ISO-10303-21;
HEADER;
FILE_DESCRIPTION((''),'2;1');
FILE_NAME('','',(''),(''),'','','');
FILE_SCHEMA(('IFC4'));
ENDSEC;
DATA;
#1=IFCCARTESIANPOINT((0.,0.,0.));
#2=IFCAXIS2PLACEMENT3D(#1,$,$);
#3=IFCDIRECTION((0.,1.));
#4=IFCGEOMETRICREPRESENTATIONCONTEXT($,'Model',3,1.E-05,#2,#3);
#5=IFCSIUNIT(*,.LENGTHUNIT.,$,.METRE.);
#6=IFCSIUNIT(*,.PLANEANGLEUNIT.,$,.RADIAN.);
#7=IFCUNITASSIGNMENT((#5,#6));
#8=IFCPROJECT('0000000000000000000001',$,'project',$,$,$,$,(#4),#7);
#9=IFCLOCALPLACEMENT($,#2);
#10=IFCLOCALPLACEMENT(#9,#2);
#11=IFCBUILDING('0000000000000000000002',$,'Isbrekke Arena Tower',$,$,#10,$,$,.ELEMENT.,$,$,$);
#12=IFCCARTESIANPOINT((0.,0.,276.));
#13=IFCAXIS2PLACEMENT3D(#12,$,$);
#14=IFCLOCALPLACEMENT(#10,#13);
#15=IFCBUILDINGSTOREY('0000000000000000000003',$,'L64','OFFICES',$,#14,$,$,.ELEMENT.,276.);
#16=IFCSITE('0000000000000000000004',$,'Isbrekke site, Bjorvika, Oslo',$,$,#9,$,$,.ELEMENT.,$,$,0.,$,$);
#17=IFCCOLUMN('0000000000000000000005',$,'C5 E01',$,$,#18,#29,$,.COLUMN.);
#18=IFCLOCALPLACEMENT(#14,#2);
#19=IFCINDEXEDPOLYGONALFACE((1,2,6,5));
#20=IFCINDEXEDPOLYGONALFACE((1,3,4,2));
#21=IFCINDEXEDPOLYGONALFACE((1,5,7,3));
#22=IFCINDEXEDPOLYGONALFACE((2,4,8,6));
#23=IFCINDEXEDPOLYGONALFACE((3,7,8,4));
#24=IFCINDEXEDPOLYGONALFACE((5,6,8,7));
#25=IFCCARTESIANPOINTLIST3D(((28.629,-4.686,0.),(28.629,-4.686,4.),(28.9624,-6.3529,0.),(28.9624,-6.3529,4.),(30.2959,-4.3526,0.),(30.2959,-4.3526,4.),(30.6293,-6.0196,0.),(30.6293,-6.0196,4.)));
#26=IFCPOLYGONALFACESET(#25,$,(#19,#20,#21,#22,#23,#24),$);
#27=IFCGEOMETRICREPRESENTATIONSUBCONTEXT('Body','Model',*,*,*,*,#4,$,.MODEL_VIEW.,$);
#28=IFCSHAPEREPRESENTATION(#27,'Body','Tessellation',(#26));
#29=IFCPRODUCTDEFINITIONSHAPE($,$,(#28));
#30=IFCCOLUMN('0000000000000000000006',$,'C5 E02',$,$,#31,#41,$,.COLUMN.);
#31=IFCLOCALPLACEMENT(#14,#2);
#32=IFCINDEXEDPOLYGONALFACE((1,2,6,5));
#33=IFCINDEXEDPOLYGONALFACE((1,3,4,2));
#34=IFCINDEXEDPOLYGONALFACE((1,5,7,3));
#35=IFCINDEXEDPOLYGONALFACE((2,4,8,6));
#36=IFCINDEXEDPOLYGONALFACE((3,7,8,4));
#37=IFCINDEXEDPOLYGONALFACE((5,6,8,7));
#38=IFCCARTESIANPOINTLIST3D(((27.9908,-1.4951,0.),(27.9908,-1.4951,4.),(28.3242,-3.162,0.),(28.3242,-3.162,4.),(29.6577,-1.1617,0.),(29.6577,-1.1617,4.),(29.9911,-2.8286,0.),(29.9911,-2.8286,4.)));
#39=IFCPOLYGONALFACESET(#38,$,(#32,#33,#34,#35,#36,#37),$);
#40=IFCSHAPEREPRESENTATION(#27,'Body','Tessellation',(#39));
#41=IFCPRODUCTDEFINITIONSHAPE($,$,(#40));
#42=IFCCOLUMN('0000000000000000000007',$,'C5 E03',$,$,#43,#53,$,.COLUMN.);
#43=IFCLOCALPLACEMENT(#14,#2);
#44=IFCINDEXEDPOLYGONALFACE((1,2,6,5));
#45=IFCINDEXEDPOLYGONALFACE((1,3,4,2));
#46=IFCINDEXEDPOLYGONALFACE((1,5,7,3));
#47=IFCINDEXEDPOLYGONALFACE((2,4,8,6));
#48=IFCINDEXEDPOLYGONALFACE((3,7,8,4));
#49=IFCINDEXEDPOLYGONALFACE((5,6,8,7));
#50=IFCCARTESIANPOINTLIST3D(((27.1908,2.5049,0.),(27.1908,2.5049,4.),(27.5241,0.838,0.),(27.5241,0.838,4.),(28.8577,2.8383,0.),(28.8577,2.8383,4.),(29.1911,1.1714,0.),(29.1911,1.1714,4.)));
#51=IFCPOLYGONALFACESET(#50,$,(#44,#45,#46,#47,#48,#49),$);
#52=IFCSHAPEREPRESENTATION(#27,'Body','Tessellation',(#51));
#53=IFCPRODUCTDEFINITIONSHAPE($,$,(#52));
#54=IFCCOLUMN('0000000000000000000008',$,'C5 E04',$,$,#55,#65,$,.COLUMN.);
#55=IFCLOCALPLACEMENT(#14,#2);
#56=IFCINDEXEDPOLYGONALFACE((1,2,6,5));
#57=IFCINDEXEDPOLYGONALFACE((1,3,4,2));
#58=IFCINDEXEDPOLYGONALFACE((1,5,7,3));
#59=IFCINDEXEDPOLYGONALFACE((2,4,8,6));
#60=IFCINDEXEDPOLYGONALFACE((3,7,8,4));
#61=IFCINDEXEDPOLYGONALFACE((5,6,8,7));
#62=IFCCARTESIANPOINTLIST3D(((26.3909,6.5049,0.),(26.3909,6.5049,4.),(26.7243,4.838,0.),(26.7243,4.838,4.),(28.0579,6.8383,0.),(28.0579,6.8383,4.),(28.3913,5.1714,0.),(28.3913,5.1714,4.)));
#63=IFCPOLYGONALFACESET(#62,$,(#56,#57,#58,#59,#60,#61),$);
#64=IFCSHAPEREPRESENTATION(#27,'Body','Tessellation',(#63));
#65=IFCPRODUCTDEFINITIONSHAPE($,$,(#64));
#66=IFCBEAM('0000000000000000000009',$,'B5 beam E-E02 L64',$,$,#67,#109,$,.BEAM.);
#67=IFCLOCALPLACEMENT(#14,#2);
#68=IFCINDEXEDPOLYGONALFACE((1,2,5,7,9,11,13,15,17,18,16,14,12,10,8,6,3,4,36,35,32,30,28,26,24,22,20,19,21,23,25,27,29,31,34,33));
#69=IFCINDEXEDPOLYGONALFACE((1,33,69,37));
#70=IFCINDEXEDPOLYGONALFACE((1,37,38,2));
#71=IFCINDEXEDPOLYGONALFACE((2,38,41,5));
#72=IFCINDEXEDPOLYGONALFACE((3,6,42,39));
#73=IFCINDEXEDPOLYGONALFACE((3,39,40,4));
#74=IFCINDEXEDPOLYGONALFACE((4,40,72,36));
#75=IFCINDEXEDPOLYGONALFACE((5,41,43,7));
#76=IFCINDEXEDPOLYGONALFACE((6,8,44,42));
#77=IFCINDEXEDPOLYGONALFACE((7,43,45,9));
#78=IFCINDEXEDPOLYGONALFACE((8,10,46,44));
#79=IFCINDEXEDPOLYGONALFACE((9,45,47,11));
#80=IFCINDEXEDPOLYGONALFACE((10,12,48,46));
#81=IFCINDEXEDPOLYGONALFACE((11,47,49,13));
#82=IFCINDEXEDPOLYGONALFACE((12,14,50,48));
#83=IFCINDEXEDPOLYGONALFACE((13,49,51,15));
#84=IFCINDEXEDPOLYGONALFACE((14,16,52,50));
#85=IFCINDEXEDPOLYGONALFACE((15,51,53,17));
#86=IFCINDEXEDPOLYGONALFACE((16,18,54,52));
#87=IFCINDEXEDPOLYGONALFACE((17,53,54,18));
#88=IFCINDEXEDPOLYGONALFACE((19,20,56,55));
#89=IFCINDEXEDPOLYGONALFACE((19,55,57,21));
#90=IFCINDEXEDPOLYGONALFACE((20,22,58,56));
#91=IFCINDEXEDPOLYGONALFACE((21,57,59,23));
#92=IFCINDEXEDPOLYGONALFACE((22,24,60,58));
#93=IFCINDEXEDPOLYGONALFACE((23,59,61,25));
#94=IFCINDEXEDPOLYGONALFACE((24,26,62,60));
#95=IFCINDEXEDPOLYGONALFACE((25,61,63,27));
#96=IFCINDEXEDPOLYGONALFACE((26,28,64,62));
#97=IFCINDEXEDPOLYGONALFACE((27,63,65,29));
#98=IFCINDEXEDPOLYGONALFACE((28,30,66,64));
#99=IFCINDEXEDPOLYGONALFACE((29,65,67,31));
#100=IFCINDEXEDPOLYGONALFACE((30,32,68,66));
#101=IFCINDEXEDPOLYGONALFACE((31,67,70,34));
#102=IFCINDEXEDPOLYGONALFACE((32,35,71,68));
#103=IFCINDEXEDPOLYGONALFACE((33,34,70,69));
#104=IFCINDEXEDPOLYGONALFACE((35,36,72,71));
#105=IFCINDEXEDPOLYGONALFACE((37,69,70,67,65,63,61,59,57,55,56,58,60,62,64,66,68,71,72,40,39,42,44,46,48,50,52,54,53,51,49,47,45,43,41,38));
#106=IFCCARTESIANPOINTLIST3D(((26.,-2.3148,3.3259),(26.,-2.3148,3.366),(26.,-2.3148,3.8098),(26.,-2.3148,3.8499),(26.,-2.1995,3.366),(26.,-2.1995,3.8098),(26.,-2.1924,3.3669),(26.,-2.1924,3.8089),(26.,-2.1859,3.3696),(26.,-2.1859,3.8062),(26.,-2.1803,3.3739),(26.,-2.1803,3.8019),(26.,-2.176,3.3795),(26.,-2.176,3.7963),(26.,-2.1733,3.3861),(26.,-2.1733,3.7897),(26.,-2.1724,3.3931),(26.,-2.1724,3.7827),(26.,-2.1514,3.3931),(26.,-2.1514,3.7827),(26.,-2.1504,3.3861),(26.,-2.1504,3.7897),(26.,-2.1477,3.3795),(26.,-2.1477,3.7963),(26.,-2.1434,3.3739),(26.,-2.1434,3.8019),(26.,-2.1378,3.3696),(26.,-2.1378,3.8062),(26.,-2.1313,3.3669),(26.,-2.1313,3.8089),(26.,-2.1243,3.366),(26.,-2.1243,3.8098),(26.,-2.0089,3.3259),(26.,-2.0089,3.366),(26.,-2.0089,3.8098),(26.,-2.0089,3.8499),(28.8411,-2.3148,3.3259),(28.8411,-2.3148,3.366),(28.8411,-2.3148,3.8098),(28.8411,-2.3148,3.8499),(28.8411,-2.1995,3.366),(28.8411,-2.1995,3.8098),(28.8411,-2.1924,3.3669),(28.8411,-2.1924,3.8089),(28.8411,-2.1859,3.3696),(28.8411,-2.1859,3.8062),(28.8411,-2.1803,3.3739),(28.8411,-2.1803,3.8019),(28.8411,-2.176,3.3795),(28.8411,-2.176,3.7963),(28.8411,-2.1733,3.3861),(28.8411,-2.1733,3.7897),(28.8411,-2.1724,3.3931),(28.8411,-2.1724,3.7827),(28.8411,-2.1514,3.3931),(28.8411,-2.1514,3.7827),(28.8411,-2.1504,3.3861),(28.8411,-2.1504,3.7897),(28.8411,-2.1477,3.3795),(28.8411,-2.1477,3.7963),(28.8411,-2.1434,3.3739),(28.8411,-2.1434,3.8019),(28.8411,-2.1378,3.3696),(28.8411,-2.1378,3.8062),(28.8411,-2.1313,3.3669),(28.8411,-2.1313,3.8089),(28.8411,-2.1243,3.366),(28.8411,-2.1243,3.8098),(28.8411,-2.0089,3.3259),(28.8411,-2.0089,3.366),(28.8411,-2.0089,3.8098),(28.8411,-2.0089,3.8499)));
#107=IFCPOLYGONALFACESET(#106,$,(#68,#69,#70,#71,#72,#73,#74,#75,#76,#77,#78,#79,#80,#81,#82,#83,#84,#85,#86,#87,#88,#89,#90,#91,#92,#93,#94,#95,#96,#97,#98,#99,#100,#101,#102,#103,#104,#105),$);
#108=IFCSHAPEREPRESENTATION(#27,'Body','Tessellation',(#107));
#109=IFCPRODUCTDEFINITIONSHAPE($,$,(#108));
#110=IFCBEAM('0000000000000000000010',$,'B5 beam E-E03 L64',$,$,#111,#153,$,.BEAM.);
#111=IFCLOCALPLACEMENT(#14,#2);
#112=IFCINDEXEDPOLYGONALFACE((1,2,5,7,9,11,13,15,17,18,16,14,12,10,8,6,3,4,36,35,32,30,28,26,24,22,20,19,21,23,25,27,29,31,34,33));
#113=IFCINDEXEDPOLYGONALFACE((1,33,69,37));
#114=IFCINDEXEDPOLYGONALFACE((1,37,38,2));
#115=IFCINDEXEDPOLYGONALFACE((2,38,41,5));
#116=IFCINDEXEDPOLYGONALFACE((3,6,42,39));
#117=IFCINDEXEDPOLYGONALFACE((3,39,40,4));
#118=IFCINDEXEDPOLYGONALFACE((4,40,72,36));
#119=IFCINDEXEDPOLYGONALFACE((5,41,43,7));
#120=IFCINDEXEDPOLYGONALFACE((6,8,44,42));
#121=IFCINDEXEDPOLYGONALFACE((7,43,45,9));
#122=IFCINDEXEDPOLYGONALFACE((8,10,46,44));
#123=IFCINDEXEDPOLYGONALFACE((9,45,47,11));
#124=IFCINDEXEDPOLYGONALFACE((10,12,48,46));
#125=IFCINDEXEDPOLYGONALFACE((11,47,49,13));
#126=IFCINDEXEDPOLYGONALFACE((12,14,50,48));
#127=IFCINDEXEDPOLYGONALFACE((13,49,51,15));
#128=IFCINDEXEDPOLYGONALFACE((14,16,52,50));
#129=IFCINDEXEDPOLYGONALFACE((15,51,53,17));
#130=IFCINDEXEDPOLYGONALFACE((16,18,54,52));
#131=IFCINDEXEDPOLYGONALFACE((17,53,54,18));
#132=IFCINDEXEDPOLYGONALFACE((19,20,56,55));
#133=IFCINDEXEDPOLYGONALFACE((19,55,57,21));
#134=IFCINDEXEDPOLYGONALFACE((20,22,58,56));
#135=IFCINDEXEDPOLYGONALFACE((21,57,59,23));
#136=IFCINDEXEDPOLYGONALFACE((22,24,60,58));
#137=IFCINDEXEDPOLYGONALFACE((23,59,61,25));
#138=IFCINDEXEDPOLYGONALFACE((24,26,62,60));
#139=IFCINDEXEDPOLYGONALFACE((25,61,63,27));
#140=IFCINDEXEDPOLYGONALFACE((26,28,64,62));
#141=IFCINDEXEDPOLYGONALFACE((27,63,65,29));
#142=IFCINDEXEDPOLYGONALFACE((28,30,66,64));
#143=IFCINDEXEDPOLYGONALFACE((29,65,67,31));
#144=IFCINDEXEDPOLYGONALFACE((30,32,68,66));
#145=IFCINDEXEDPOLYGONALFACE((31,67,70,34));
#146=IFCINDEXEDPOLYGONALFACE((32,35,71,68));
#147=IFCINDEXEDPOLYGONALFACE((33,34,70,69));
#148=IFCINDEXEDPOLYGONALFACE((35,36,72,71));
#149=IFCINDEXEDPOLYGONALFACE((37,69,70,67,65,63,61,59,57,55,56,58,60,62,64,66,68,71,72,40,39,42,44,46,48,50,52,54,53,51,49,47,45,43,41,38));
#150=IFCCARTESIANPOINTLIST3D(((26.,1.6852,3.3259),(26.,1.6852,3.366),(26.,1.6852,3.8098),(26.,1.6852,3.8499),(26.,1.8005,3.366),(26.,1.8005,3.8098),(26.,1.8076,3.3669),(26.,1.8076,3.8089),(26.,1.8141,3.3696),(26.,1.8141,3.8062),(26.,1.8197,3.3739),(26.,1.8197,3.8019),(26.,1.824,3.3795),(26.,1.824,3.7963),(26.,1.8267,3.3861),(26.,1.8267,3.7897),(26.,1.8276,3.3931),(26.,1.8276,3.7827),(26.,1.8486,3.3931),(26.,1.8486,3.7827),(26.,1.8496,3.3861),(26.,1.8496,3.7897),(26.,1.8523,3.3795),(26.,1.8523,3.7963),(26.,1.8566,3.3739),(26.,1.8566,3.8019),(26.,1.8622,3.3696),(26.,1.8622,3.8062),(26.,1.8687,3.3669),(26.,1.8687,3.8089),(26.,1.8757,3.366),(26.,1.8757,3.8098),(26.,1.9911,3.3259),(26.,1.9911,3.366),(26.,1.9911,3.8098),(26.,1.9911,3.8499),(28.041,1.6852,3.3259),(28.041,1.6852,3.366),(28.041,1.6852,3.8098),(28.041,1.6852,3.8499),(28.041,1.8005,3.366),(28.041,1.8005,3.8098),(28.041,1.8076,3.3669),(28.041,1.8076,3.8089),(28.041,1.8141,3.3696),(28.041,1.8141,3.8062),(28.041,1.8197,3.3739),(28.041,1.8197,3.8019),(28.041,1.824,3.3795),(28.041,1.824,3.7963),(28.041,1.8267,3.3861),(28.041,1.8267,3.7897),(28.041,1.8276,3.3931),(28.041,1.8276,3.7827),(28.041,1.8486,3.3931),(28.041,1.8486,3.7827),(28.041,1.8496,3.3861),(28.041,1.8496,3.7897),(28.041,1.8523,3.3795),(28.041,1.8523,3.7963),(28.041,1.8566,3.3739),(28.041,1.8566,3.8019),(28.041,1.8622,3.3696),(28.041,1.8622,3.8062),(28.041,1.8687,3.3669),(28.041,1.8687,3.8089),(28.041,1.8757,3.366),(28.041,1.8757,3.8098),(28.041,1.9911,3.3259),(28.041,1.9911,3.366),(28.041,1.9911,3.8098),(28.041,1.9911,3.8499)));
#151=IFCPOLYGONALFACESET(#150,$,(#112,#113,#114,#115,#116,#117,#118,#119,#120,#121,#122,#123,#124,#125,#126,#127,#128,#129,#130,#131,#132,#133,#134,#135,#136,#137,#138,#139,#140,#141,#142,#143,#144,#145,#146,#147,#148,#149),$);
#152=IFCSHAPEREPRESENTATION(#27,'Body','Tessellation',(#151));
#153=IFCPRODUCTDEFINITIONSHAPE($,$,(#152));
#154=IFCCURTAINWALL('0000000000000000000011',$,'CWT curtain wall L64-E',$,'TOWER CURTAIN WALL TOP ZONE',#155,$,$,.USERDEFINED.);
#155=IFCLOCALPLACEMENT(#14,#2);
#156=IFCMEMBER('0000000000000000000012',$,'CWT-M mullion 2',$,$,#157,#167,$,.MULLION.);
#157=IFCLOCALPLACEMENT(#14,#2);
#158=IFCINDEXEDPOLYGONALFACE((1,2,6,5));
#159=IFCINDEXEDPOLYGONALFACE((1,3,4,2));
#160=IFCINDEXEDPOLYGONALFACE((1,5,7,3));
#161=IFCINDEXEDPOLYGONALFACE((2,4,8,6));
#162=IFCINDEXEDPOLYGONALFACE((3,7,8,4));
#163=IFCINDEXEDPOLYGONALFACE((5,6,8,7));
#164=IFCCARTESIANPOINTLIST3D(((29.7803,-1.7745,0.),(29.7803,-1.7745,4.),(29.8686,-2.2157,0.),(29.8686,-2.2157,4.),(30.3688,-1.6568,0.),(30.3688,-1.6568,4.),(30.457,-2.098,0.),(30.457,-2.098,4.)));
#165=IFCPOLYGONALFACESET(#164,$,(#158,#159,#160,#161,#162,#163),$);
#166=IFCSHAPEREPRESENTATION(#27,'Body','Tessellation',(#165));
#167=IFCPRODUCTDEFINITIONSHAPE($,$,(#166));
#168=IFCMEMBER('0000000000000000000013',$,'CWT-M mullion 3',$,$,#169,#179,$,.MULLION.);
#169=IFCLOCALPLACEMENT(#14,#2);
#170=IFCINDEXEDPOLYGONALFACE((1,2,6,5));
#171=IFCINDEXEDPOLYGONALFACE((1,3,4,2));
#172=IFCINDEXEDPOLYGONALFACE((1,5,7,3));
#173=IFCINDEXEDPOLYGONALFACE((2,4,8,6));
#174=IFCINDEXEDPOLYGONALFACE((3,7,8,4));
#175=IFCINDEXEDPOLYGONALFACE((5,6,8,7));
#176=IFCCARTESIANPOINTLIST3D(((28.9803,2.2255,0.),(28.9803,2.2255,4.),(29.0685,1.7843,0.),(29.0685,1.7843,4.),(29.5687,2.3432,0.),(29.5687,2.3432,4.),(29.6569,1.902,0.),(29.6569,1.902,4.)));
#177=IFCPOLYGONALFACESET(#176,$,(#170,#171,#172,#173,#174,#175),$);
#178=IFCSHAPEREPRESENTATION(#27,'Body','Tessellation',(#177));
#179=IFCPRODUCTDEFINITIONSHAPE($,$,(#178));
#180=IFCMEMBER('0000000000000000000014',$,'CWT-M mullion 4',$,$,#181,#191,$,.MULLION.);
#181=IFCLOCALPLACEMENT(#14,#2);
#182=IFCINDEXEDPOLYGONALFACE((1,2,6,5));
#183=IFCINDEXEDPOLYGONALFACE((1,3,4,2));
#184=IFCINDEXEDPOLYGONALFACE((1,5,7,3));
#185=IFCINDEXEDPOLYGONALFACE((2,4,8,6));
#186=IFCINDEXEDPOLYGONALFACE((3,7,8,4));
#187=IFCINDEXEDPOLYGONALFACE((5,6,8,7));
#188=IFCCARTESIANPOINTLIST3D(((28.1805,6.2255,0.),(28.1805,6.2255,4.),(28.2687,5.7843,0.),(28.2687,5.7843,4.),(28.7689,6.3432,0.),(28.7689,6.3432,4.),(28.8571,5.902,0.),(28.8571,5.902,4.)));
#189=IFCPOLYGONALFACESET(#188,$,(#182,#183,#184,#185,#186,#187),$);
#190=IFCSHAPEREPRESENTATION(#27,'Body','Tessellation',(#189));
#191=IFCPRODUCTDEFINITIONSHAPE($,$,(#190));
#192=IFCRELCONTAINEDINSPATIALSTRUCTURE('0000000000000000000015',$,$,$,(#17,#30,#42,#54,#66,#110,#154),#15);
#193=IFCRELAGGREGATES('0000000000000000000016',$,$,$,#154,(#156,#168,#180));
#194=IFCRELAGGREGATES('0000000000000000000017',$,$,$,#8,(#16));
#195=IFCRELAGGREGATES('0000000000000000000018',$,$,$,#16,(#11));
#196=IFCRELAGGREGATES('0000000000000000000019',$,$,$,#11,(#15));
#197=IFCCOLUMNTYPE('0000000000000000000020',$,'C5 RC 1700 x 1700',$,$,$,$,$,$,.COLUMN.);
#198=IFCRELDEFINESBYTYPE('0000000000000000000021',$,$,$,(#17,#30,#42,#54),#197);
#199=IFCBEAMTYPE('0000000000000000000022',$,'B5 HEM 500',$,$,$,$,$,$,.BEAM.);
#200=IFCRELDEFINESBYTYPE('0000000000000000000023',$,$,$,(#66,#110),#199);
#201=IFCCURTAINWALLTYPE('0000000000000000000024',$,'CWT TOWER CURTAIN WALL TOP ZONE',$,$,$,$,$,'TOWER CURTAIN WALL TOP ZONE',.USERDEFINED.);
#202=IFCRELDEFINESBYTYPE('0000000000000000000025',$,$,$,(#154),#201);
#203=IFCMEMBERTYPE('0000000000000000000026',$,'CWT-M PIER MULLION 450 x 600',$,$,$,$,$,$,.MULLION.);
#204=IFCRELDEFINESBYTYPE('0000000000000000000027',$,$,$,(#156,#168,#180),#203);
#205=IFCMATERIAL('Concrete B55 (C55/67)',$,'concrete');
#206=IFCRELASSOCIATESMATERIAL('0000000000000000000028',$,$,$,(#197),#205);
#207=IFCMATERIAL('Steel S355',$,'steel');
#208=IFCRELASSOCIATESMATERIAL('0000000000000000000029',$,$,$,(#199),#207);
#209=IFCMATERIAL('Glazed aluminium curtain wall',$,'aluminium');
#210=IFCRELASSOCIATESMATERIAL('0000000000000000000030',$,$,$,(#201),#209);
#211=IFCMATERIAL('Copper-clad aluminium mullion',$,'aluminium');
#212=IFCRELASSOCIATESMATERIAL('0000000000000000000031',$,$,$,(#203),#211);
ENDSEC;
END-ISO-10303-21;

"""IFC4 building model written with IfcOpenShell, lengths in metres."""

from ifc_helpers import new_model, si_unit, direction, frame, origin, origin_2d, place, context, subcontext, project, spatial, rectangle, i_section, extrude, material, material_profile, profile_set, type_object, element, aggregate, save


model = new_model("IFC4")

# Units and contexts
model_context = context("Model", 3, precision=1e-05, world=origin(), true_north=direction((0.0, 1.0)))
body_context = subcontext(model_context, "Body", "Model", "MODEL_VIEW")
ifc_project = project(units=[si_unit("LENGTHUNIT", "METRE"), si_unit("PLANEANGLEUNIT", "RADIAN")], contexts=[model_context])

# Site, building, storey
site_placement = place(None, origin())
site = spatial("IfcSite", under=ifc_project, at=site_placement, Name="Isbrekke site, Bjorvika, Oslo", CompositionType="ELEMENT", RefElevation=0.0)
building_placement = place(site_placement, origin())
building = spatial("IfcBuilding", under=site, at=building_placement, Name="Isbrekke Arena Tower", CompositionType="ELEMENT")
storey_placement = place(building_placement, frame((0.0, 0.0, 276.0)))
storey = spatial("IfcBuildingStorey", under=building, at=storey_placement, Name="L64", Description="OFFICES", CompositionType="ELEMENT", Elevation=276.0)

# Columns
ifc_material_1 = material(Name="Concrete B55 (C55/67)", Category="concrete")
ifc_material_profile_1 = material_profile(ifc_material_1, rectangle(XDim=1.7, YDim=1.7, at=origin_2d()), Name="RC 1700x1700")
ifc_profile_set_1 = profile_set([ifc_material_profile_1], Name="Concrete B55 (C55/67)")
column_type = type_object("IfcColumnType", Name="C5 RC 1700 x 1700", PredefinedType="COLUMN", material=ifc_profile_set_1)
for number, where, z_axis, x_axis, name in (
    (1, (29.6292, -5.3528, 0.0), (0.0, 0.0, 1.0), (-0.196116, 0.980581, 0.0), "C5 E01"),
    (2, (28.991, -2.1619, 0.0), (0.0, 0.0, 1.0), (-0.196116, 0.980581, 0.0), "C5 E02"),
    (3, (28.1909, 1.8381, 0.0), (0.0, 0.0, 1.0), (-0.196116, 0.980581, 0.0), "C5 E03"),
    (4, (27.3911, 5.8381, 0.0), (0.0, 0.0, 1.0), (-0.196116, 0.980581, 0.0), "C5 E04"),
):
    element("IfcColumn", number, at=place(storey_placement, frame(where, z_axis=z_axis, x_axis=x_axis)), inside=storey, type_object=column_type, Name=name, PredefinedType="COLUMN", context=body_context, shape_type="SweptSolid", body=[
        extrude(rectangle(XDim=1.7, YDim=1.7, at=origin_2d()), origin(), (0.0, 0.0, 1.0), 4.0),
    ])

# Beams
ifc_material_2 = material(Name="Steel S355", Category="steel")
ifc_material_profile_2 = material_profile(ifc_material_2, i_section(OverallWidth=0.3059, OverallDepth=0.5239, WebThickness=0.021, FlangeThickness=0.04, FilletRadius=0.0271, at=origin_2d()), Name="HEM 500")
ifc_profile_set_2 = profile_set([ifc_material_profile_2], Name="Steel S355")
beam_type_1 = type_object("IfcBeamType", Name="B5 HEM 500", PredefinedType="BEAM", material=ifc_profile_set_2)
beam_1_placement = place(storey_placement, frame((28.8411, -2.1619, 3.5879), z_axis=(-1.0, 0.0, 0.0), x_axis=(0.0, -1.0, 0.0)))
element("IfcBeam", 5, at=beam_1_placement, inside=storey, type_object=beam_type_1, Name="B5 beam E-E02 L64", PredefinedType="BEAM", context=body_context, shape_type="SweptSolid", body=[
    extrude(i_section(OverallWidth=0.3059, OverallDepth=0.5239, WebThickness=0.021, FlangeThickness=0.04, FilletRadius=0.0271, at=origin_2d()), origin(), (0.0, 0.0, 1.0), 2.8411),
])
beam_2_placement = place(storey_placement, frame((28.041, 1.8381, 3.5879), z_axis=(-1.0, 0.0, 0.0), x_axis=(0.0, -1.0, 0.0)))
element("IfcBeam", 6, at=beam_2_placement, inside=storey, type_object=beam_type_1, Name="B5 beam E-E03 L64", PredefinedType="BEAM", context=body_context, shape_type="SweptSolid", body=[
    extrude(i_section(OverallWidth=0.3059, OverallDepth=0.5239, WebThickness=0.021, FlangeThickness=0.04, FilletRadius=0.0271, at=origin_2d()), origin(), (0.0, 0.0, 1.0), 2.041),
])

# Curtain wall, members
ifc_material_3 = material(Name="Glazed aluminium curtain wall", Category="aluminium")
curtain_wall_type = type_object("IfcCurtainWallType", Name="CWT TOWER CURTAIN WALL TOP ZONE", ElementType="TOWER CURTAIN WALL TOP ZONE", PredefinedType="USERDEFINED", material=ifc_material_3)
curtain_wall_placement = place(storey_placement, origin())
curtain_wall = element("IfcCurtainWall", 7, at=curtain_wall_placement, inside=storey, type_object=curtain_wall_type, Name="CWT curtain wall L64-E", ObjectType="TOWER CURTAIN WALL TOP ZONE", PredefinedType="USERDEFINED")
ifc_material_4 = material(Name="Copper-clad aluminium mullion", Category="aluminium")
ifc_material_profile_3 = material_profile(ifc_material_4, rectangle(XDim=0.45, YDim=0.6001, at=origin_2d()), Name="PIER 450X600")
ifc_profile_set_3 = profile_set([ifc_material_profile_3], Name="Copper-clad aluminium mullion")
member_type_1 = type_object("IfcMemberType", Name="CWT-M PIER MULLION 450 x 600", PredefinedType="MULLION", material=ifc_profile_set_3)
member_1_placement = place(storey_placement, frame((30.1187, -1.9363, 0.0), z_axis=(0.0, 0.0, 1.0), x_axis=(-0.196116, 0.980581, 0.0)))
member_1 = element("IfcMember", 8, at=member_1_placement, type_object=member_type_1, Name="CWT-M mullion 2", PredefinedType="MULLION", context=body_context, shape_type="SweptSolid", body=[
    extrude(rectangle(XDim=0.45, YDim=0.6001, at=origin_2d()), origin(), (0.0, 0.0, 1.0), 4.0),
])
member_2_placement = place(storey_placement, frame((29.3186, 2.0637, 0.0), z_axis=(0.0, 0.0, 1.0), x_axis=(-0.196116, 0.980581, 0.0)))
member_2 = element("IfcMember", 9, at=member_2_placement, type_object=member_type_1, Name="CWT-M mullion 3", PredefinedType="MULLION", context=body_context, shape_type="SweptSolid", body=[
    extrude(rectangle(XDim=0.45, YDim=0.6001, at=origin_2d()), origin(), (0.0, 0.0, 1.0), 4.0),
])
member_3_placement = place(storey_placement, frame((28.5188, 6.0637, 0.0), z_axis=(0.0, 0.0, 1.0), x_axis=(-0.196116, 0.980581, 0.0)))
member_3 = element("IfcMember", 10, at=member_3_placement, type_object=member_type_1, Name="CWT-M mullion 4", PredefinedType="MULLION", context=body_context, shape_type="SweptSolid", body=[
    extrude(rectangle(XDim=0.45, YDim=0.6001, at=origin_2d()), origin(), (0.0, 0.0, 1.0), 4.0),
])

aggregate(curtain_wall, [member_1, member_2, member_3])

save(model, "model.ifc")
